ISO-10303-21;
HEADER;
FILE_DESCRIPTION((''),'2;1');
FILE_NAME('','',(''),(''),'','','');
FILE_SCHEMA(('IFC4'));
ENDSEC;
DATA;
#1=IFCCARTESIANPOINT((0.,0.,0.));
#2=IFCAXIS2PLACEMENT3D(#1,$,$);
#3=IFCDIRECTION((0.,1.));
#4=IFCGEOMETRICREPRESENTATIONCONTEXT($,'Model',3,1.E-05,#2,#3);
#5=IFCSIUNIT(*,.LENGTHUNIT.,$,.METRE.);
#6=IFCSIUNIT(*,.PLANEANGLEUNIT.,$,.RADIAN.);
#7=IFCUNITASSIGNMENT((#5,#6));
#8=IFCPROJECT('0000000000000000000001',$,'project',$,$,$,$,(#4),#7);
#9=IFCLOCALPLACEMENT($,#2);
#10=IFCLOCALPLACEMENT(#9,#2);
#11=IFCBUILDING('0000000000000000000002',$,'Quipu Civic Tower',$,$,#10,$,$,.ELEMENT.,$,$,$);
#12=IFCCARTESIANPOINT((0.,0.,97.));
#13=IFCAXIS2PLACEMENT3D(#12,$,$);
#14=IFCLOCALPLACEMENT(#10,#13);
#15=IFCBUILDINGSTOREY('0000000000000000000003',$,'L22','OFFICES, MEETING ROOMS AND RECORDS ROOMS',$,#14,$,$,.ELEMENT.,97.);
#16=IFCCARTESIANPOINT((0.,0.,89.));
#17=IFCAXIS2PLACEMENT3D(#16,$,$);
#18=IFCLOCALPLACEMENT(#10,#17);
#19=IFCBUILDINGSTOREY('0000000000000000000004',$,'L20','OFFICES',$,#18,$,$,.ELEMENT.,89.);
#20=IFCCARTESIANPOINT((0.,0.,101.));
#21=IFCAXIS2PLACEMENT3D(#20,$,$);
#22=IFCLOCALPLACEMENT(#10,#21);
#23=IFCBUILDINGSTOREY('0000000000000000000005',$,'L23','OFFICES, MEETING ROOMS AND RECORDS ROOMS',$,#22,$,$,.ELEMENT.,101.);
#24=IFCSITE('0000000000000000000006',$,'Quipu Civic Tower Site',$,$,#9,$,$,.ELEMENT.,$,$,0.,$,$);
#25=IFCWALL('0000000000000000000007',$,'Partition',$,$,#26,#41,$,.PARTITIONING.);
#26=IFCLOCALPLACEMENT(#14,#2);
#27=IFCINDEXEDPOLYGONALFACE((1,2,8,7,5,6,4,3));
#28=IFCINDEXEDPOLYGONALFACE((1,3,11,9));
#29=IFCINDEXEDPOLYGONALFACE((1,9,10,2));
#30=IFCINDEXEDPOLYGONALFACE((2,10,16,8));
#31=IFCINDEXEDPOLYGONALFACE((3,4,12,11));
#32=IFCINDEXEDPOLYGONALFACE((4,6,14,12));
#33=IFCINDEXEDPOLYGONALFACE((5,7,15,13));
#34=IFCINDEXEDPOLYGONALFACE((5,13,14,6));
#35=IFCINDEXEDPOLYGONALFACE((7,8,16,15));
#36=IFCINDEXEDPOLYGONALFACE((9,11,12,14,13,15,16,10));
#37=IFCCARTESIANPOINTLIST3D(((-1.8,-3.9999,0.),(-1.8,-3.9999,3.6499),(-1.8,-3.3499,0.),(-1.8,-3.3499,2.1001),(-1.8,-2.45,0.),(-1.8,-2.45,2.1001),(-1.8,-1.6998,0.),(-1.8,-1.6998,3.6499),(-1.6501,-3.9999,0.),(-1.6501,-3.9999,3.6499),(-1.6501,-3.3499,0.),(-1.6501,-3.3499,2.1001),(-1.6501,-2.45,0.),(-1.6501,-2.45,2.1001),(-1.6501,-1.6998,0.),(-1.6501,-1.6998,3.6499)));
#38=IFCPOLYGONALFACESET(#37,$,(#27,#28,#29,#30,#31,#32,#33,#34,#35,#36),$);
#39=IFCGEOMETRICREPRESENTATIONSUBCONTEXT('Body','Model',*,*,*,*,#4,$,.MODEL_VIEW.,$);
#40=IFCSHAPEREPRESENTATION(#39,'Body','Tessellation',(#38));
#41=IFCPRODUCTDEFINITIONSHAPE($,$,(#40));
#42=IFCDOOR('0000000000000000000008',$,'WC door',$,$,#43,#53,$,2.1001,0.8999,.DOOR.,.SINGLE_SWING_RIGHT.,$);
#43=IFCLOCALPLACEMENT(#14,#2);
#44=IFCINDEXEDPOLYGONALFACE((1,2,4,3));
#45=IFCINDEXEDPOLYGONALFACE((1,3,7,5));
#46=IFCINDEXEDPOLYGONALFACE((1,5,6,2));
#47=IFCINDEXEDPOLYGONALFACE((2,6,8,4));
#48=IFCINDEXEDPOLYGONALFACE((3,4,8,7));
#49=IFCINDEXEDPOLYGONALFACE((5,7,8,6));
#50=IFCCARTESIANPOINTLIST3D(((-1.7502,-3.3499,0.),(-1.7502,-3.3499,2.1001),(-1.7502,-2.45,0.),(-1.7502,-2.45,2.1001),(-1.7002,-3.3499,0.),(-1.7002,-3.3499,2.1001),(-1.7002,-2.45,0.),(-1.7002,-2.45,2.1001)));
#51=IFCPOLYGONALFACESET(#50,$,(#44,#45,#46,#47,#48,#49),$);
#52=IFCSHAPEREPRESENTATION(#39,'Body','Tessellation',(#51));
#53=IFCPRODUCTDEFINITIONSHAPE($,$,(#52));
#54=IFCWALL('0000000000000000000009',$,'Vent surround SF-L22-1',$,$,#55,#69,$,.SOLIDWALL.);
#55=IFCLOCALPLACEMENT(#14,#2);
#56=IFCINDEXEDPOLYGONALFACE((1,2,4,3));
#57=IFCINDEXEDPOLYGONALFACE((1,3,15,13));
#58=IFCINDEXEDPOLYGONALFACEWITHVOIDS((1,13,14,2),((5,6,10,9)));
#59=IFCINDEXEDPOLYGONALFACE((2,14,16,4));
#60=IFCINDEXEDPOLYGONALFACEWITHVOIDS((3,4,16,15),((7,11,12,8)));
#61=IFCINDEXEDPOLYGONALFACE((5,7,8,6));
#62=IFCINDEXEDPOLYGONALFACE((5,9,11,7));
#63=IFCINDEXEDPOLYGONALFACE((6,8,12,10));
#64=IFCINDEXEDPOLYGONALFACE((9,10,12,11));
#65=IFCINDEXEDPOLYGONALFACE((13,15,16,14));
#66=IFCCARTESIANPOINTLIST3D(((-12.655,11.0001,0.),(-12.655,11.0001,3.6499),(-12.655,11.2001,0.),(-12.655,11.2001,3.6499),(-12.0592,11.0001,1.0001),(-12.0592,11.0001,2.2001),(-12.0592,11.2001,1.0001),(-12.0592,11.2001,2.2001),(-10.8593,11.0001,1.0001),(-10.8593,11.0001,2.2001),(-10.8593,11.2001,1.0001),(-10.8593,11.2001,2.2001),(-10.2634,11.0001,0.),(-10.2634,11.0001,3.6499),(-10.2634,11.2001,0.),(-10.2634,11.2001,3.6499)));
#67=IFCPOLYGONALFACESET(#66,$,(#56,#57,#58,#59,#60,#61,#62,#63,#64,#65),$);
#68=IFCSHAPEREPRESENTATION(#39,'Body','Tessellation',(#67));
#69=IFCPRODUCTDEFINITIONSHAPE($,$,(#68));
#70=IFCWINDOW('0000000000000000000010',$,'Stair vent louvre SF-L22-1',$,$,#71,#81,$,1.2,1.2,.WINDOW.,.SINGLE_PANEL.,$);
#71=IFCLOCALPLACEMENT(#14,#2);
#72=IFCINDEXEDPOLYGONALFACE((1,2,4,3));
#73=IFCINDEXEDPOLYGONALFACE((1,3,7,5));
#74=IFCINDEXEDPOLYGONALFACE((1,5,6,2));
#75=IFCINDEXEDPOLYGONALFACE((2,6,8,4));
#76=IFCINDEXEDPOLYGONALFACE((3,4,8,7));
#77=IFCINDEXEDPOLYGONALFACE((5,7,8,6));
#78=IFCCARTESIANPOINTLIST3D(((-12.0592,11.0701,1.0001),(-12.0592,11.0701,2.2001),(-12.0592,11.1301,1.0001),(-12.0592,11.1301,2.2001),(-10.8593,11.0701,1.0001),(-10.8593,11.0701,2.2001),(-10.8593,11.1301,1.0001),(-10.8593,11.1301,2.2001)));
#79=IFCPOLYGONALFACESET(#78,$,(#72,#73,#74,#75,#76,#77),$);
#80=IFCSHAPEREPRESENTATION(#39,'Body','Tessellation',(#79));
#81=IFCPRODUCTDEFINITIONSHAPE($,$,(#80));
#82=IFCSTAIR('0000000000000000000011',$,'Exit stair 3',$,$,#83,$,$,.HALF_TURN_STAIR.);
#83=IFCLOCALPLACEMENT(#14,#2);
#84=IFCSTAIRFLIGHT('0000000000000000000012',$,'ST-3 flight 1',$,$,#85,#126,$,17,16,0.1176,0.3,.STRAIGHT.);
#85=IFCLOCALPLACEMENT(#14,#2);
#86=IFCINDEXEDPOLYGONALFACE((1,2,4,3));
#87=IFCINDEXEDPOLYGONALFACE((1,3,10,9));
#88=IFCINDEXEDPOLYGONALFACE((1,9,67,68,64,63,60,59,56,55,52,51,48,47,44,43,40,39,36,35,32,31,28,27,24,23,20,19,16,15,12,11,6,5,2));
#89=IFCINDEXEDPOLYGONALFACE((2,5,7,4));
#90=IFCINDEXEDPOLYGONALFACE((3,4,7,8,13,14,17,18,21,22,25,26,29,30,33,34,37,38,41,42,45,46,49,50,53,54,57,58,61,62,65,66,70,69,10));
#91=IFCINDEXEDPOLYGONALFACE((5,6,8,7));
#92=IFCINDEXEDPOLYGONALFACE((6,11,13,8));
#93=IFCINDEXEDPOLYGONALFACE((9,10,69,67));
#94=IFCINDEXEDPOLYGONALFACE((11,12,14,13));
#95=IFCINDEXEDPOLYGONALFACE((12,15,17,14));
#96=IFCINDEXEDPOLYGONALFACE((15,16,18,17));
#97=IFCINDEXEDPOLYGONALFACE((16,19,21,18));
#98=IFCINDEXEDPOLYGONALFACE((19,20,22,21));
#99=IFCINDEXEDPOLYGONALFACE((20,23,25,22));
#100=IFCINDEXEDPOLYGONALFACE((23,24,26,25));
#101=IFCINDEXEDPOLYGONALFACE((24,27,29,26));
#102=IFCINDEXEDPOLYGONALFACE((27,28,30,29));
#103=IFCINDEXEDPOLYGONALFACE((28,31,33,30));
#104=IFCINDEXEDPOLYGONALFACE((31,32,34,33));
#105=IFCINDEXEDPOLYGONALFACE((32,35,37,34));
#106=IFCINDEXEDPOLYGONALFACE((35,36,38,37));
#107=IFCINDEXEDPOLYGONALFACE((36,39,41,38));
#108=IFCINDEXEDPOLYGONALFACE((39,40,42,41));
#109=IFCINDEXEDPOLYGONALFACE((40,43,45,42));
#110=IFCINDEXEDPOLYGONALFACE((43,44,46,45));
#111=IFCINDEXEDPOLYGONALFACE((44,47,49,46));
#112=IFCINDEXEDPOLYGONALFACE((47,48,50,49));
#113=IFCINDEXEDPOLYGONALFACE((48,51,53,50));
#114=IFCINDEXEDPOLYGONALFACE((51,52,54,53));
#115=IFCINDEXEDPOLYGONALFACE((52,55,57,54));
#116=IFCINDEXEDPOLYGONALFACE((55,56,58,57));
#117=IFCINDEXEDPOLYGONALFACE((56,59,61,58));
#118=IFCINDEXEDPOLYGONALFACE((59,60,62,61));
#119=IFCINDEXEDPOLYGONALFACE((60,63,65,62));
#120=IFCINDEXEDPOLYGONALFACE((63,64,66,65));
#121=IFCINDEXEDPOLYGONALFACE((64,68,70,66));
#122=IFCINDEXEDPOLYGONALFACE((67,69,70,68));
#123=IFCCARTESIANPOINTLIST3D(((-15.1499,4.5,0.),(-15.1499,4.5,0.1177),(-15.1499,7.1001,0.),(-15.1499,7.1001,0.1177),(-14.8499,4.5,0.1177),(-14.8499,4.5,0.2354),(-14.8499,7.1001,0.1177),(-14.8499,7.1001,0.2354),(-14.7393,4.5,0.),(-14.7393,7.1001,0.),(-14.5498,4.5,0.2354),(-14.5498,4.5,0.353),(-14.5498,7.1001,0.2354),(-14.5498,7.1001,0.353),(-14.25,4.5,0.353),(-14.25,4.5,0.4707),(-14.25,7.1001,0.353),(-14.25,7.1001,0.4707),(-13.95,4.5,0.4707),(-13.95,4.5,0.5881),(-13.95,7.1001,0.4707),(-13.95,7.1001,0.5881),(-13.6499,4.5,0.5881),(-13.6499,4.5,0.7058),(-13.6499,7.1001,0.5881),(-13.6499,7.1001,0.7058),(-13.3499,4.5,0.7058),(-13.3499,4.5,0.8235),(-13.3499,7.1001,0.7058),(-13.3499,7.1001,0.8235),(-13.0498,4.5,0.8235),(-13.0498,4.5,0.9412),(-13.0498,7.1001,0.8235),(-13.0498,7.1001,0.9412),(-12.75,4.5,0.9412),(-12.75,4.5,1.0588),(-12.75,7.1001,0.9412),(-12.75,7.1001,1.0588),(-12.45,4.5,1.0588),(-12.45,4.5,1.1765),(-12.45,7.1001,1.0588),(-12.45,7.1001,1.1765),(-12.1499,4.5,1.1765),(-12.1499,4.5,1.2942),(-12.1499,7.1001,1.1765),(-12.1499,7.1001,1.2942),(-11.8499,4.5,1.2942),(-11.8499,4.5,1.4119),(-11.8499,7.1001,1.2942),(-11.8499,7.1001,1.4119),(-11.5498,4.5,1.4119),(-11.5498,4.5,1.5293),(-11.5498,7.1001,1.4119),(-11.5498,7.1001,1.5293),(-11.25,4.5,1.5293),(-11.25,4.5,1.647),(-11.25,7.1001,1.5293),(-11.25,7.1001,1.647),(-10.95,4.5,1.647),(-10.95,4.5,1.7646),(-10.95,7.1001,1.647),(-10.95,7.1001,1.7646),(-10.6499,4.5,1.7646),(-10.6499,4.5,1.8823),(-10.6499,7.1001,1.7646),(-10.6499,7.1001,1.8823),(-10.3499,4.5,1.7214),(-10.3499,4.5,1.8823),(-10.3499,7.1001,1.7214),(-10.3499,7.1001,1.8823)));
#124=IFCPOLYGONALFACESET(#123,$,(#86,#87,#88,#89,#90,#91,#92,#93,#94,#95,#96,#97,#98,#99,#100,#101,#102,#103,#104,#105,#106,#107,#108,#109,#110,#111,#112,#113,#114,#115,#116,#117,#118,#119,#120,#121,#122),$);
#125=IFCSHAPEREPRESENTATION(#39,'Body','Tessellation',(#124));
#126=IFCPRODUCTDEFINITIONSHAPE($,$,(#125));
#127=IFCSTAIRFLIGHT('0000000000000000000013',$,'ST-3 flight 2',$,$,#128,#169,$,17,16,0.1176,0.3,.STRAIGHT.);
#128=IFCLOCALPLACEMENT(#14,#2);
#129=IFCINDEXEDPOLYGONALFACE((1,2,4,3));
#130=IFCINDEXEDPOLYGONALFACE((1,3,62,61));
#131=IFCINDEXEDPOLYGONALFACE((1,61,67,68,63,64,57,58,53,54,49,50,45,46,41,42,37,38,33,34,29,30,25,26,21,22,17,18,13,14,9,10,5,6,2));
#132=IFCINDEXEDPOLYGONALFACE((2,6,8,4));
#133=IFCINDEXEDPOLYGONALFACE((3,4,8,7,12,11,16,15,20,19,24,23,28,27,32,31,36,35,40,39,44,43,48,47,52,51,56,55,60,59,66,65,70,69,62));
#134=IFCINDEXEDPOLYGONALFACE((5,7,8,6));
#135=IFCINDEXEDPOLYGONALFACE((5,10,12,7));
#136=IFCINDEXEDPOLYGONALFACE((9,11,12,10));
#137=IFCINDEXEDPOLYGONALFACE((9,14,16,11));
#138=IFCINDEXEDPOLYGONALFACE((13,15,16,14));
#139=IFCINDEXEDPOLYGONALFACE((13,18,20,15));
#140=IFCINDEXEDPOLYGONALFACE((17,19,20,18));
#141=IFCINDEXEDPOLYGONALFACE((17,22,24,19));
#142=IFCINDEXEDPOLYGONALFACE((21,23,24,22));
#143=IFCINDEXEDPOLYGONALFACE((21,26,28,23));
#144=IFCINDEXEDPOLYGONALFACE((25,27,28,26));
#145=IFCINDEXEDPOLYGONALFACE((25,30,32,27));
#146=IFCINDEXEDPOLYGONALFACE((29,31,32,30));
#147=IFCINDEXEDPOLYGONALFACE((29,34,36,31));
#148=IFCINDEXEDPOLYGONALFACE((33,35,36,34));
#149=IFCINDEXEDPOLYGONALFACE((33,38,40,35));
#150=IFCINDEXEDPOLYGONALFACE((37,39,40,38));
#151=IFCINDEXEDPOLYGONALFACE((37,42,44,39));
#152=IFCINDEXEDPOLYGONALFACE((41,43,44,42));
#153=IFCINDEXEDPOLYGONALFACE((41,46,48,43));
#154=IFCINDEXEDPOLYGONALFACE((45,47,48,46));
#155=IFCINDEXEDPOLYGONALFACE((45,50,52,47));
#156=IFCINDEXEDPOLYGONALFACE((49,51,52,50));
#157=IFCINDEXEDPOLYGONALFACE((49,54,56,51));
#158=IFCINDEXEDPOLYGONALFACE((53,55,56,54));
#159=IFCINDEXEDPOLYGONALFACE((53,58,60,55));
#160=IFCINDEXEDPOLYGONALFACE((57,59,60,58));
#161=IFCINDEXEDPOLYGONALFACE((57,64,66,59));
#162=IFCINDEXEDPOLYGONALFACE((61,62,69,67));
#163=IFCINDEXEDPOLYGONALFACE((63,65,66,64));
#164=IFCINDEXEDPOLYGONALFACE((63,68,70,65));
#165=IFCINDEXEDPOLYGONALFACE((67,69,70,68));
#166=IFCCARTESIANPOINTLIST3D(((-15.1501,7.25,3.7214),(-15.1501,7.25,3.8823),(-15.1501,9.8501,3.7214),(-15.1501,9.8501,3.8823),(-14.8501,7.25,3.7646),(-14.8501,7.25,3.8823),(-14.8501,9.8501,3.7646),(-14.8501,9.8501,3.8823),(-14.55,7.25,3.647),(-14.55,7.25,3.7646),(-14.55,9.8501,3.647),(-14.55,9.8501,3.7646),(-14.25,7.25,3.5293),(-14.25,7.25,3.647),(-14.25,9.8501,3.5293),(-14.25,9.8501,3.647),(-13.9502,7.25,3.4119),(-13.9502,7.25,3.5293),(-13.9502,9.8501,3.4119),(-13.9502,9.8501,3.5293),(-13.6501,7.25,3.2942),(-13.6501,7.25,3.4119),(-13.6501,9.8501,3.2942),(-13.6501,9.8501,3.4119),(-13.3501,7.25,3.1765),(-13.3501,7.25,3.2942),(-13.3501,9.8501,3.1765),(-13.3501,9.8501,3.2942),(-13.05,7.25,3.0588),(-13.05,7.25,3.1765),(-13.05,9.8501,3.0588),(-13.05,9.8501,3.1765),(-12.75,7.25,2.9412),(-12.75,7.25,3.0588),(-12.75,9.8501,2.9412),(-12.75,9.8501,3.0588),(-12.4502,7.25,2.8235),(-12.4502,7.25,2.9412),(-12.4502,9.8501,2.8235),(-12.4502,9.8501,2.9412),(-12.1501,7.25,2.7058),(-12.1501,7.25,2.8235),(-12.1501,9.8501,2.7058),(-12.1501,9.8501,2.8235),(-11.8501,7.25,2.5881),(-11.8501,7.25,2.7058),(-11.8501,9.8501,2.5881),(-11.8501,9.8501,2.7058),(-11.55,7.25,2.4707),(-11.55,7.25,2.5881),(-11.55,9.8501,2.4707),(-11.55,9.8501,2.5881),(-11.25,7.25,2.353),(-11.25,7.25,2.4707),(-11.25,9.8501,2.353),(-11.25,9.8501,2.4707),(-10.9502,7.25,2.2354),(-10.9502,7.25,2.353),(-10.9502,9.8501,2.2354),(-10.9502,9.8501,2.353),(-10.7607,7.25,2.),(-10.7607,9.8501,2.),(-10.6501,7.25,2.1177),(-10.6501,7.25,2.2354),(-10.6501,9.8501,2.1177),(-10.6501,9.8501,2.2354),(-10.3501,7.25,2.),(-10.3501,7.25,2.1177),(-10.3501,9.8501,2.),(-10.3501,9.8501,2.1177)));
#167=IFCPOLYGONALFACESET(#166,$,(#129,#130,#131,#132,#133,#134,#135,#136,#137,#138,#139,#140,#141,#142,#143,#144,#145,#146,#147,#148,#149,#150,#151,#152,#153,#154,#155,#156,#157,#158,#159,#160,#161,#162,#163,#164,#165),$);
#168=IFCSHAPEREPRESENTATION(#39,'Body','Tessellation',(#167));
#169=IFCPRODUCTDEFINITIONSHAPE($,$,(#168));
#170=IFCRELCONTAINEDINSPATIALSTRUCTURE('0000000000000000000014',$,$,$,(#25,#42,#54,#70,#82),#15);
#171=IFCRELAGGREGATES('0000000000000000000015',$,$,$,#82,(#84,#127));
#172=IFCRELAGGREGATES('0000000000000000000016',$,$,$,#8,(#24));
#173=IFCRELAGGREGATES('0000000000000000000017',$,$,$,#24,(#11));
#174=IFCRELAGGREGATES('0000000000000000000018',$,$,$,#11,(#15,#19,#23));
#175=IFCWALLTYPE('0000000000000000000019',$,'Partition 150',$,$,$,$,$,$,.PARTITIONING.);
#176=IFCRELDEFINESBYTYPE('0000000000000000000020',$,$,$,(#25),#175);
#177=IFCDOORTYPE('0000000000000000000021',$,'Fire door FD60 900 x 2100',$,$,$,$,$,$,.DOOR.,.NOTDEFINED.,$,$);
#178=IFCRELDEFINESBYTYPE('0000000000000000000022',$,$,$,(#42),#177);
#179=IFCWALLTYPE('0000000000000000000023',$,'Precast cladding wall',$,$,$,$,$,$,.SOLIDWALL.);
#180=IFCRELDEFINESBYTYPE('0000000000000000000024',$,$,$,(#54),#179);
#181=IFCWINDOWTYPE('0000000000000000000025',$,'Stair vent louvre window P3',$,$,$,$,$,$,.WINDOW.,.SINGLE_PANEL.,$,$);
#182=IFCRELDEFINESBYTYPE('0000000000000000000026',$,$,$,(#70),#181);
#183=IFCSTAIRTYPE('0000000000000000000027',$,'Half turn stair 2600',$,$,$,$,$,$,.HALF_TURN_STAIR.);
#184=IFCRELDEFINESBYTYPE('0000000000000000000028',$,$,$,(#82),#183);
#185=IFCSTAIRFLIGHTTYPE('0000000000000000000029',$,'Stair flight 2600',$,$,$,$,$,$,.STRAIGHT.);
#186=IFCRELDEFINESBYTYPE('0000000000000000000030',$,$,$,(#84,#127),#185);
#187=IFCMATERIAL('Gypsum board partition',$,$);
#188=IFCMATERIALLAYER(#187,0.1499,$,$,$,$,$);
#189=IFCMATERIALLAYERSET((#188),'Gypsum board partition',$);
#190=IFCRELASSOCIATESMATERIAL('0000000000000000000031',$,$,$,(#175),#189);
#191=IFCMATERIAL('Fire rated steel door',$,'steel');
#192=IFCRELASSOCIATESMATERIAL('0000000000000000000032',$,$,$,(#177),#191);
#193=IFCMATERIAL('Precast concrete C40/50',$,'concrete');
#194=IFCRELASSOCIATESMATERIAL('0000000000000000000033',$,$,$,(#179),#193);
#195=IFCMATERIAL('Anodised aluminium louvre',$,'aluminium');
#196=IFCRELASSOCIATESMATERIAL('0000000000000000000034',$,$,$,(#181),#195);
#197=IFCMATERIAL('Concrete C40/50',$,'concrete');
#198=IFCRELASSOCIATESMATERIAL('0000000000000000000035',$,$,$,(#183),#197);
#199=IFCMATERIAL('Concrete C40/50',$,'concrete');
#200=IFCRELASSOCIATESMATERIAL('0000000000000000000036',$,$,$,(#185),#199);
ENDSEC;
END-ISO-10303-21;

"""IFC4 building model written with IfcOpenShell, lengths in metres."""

from ifc_helpers import new_model, si_unit, direction, frame, frame_2d, origin, place, context, subcontext, project, spatial, polyline, rectangle, outline, extrude, material, layer, layer_set, type_object, element, fill, aggregate, save


model = new_model("IFC4")

# Units and contexts
model_context = context("Model", 3, precision=1e-05, world=origin(), true_north=direction((0.0, 1.0)))
body_context = subcontext(model_context, "Body", "Model", "MODEL_VIEW")
ifc_project = project(units=[si_unit("LENGTHUNIT", "METRE"), si_unit("PLANEANGLEUNIT", "RADIAN")], contexts=[model_context])

# Site, building, storey
site_placement = place(None, origin())
site = spatial("IfcSite", under=ifc_project, at=site_placement, Name="Quipu Civic Tower Site", CompositionType="ELEMENT", RefElevation=0.0)
building_placement = place(site_placement, origin())
building = spatial("IfcBuilding", under=site, at=building_placement, Name="Quipu Civic Tower", CompositionType="ELEMENT")
storey_1_placement = place(building_placement, frame((0.0, 0.0, 97.0)))
storey_1 = spatial("IfcBuildingStorey", under=building, at=storey_1_placement, Name="L22", Description="OFFICES, MEETING ROOMS AND RECORDS ROOMS", CompositionType="ELEMENT", Elevation=97.0)

# Shared definitions
storey_2_placement = place(building_placement, frame((0.0, 0.0, 89.0)))
storey_2 = spatial("IfcBuildingStorey", under=building, at=storey_2_placement, Name="L20", Description="OFFICES", CompositionType="ELEMENT", Elevation=89.0)

# Shared definitions
storey_3_placement = place(building_placement, frame((0.0, 0.0, 101.0)))
storey_3 = spatial("IfcBuildingStorey", under=building, at=storey_3_placement, Name="L23", Description="OFFICES, MEETING ROOMS AND RECORDS ROOMS", CompositionType="ELEMENT", Elevation=101.0)

# Wall, opening, door
ifc_material_1 = material(Name="Gypsum board partition")
ifc_layer_1 = layer(ifc_material_1, 0.1499)
ifc_layer_set_1 = layer_set([ifc_layer_1], Name="Gypsum board partition")
wall_type_1 = type_object("IfcWallType", Name="Partition 150", PredefinedType="PARTITIONING", material=ifc_layer_set_1)
wall_1_placement = place(storey_1_placement, frame((-1.7251, -1.7, 0.0), z_axis=(0.0, 0.0, 1.0), x_axis=(0.0, -1.0, 0.0)))
wall_1 = element("IfcWall", 1, at=wall_1_placement, inside=storey_1, type_object=wall_type_1, Name="Partition", PredefinedType="PARTITIONING", context=body_context, shape_type="SweptSolid", body=[
    extrude(rectangle(XDim=2.3, YDim=0.1499, at=frame_2d((1.1499, 0.0))), origin(), (0.0, 0.0, 1.0), 3.6499),
])
opening_1_placement = place(wall_1_placement, frame((0.75, 0.0, 0.0)))
opening_1 = element("IfcOpeningElement", 2, at=opening_1_placement, cuts=wall_1, PredefinedType="OPENING", context=body_context, shape_type="SweptSolid", body=[
    extrude(rectangle(XDim=0.8999, YDim=2.1001, at=frame_2d((0.45, 1.05))), frame((0.0, 0.085, 0.0), z_axis=(0.0, -1.0, 0.0), x_axis=(1.0, 0.0, 0.0)), (0.0, 0.0, 1.0), 0.1699),
])
ifc_material_2 = material(Name="Fire rated steel door", Category="steel")
door_type_1 = type_object("IfcDoorType", Name="Fire door FD60 900 x 2100", OperationType="NOTDEFINED", PredefinedType="DOOR", material=ifc_material_2)
door_1_placement = place(opening_1_placement, origin())
door_1 = element("IfcDoor", 3, at=door_1_placement, inside=storey_1, type_object=door_type_1, Name="WC door", OperationType="SINGLE_SWING_RIGHT", OverallHeight=2.1001, OverallWidth=0.8999, PredefinedType="DOOR", context=body_context, shape_type="SweptSolid", body=[
    extrude(rectangle(XDim=0.8999, YDim=2.1001, at=frame_2d((0.45, 1.05))), frame((0.0, 0.0249, 0.0), z_axis=(0.0, -1.0, 0.0), x_axis=(1.0, 0.0, 0.0)), (0.0, 0.0, 1.0), 0.05),
])
fill(opening_1, door_1)

# Wall, opening, window
ifc_material_3 = material(Name="Precast concrete C40/50", Category="concrete")
wall_type_2 = type_object("IfcWallType", Name="Precast cladding wall", PredefinedType="SOLIDWALL", material=ifc_material_3)
wall_2_placement = place(storey_1_placement, frame((-10.2634, 11.1001, 0.0), z_axis=(0.0, 0.0, 1.0), x_axis=(-1.0, 0.0, 0.0)))
wall_2 = element("IfcWall", 4, at=wall_2_placement, inside=storey_1, type_object=wall_type_2, Name="Vent surround SF-L22-1", PredefinedType="SOLIDWALL", context=body_context, shape_type="SweptSolid", body=[
    extrude(rectangle(XDim=2.3916, YDim=0.2, at=frame_2d((1.1958, 0.0))), origin(), (0.0, 0.0, 1.0), 3.6499),
])
opening_2_placement = place(wall_2_placement, frame((0.5957, 0.0, 1.0)))
opening_2 = element("IfcOpeningElement", 5, at=opening_2_placement, cuts=wall_2, PredefinedType="OPENING", context=body_context, shape_type="SweptSolid", body=[
    extrude(rectangle(XDim=1.2, YDim=1.2, at=frame_2d((0.6001, 0.6001))), frame((0.0, 0.1099, 0.0), z_axis=(0.0, -1.0, 0.0), x_axis=(1.0, 0.0, 0.0)), (0.0, 0.0, 1.0), 0.22),
])
ifc_material_4 = material(Name="Anodised aluminium louvre", Category="aluminium")
window_type = type_object("IfcWindowType", Name="Stair vent louvre window P3", PartitioningType="SINGLE_PANEL", PredefinedType="WINDOW", material=ifc_material_4)
window_placement = place(opening_2_placement, origin())
window = element("IfcWindow", 6, at=window_placement, inside=storey_1, type_object=window_type, Name="Stair vent louvre SF-L22-1", OverallHeight=1.2, OverallWidth=1.2, PartitioningType="SINGLE_PANEL", PredefinedType="WINDOW", context=body_context, shape_type="SweptSolid", body=[
    extrude(rectangle(XDim=1.2, YDim=1.2, at=frame_2d((0.6001, 0.6001))), frame((0.0, 0.03, 0.0), z_axis=(0.0, -1.0, 0.0), x_axis=(1.0, 0.0, 0.0)), (0.0, 0.0, 1.0), 0.0601),
])
fill(opening_2, window)

# Stair, stair flights
ifc_material_5 = material(Name="Concrete C40/50", Category="concrete")
stair_type = type_object("IfcStairType", Name="Half turn stair 2600", PredefinedType="HALF_TURN_STAIR", material=ifc_material_5)
stair_placement = place(storey_1_placement, origin())
stair = element("IfcStair", 7, at=stair_placement, inside=storey_1, type_object=stair_type, Name="Exit stair 3", PredefinedType="HALF_TURN_STAIR")
ifc_material_6 = material(Name="Concrete C40/50", Category="concrete")
stair_flight_type = type_object("IfcStairFlightType", Name="Stair flight 2600", PredefinedType="STRAIGHT", material=ifc_material_6)
stair_flight_1_placement = place(storey_1_placement, frame((-15.1499, 5.8, 0.0), z_axis=(0.0, 0.0, 1.0), x_axis=(1.0, 0.0, 0.0)))
stair_flight_1 = element("IfcStairFlight", 8, at=stair_flight_1_placement, type_object=stair_flight_type, Name="ST-3 flight 1", NumberOfRisers=17, NumberOfTreads=16, PredefinedType="STRAIGHT", RiserHeight=0.1176, TreadLength=0.3, context=body_context, shape_type="SweptSolid", body=[
    extrude(outline(polyline([(0.0, 0.0), (0.0, 0.1177), (0.3, 0.1177), (0.3, 0.2354), (0.6001, 0.2354), (0.6001, 0.353), (0.8999, 0.353), (0.8999, 0.4707), (1.2, 0.4707), (1.2, 0.5881), (1.5, 0.5881), (1.5, 0.7058), (1.8, 0.7058), (1.8, 0.8235), (2.1001, 0.8235), (2.1001, 0.9412), (2.3999, 0.9412), (2.3999, 1.0588), (2.7, 1.0588), (2.7, 1.1765), (3.0, 1.1765), (3.0, 1.2942), (3.3, 1.2942), (3.3, 1.4119), (3.6001, 1.4119), (3.6001, 1.5293), (3.8999, 1.5293), (3.8999, 1.647), (4.2, 1.647), (4.2, 1.7646), (4.5, 1.7646), (4.5, 1.8823), (4.8, 1.8823), (4.8, 2.0), (4.8, 1.7214), (0.4106, 0.0), (0.0, 0.0)])), frame((0.0, 1.3, 0.0), z_axis=(0.0, -1.0, 0.0), x_axis=(1.0, 0.0, 0.0)), (0.0, 0.0, 1.0), 2.6001),
])
stair_flight_2_placement = place(storey_1_placement, frame((-10.3501, 8.55, 2.0), z_axis=(0.0, 0.0, 1.0), x_axis=(-1.0, 0.0, 0.0)))
stair_flight_2 = element("IfcStairFlight", 9, at=stair_flight_2_placement, type_object=stair_flight_type, Name="ST-3 flight 2", NumberOfRisers=17, NumberOfTreads=16, PredefinedType="STRAIGHT", RiserHeight=0.1176, TreadLength=0.3, context=body_context, shape_type="SweptSolid", body=[
    extrude(outline(polyline([(0.0, 0.0), (0.0, 0.1177), (0.3, 0.1177), (0.3, 0.2354), (0.6001, 0.2354), (0.6001, 0.353), (0.8999, 0.353), (0.8999, 0.4707), (1.2, 0.4707), (1.2, 0.5881), (1.5, 0.5881), (1.5, 0.7058), (1.8, 0.7058), (1.8, 0.8235), (2.1001, 0.8235), (2.1001, 0.9412), (2.3999, 0.9412), (2.3999, 1.0588), (2.7, 1.0588), (2.7, 1.1765), (3.0, 1.1765), (3.0, 1.2942), (3.3, 1.2942), (3.3, 1.4119), (3.6001, 1.4119), (3.6001, 1.5293), (3.8999, 1.5293), (3.8999, 1.647), (4.2, 1.647), (4.2, 1.7646), (4.5, 1.7646), (4.5, 1.8823), (4.8, 1.8823), (4.8, 2.0), (4.8, 1.7214), (0.4106, 0.0), (0.0, 0.0)])), frame((0.0, 1.3, 0.0), z_axis=(0.0, -1.0, 0.0), x_axis=(1.0, 0.0, 0.0)), (0.0, 0.0, 1.0), 2.6001),
])
aggregate(stair, [stair_flight_1, stair_flight_2])

save(model, "model.ifc")
